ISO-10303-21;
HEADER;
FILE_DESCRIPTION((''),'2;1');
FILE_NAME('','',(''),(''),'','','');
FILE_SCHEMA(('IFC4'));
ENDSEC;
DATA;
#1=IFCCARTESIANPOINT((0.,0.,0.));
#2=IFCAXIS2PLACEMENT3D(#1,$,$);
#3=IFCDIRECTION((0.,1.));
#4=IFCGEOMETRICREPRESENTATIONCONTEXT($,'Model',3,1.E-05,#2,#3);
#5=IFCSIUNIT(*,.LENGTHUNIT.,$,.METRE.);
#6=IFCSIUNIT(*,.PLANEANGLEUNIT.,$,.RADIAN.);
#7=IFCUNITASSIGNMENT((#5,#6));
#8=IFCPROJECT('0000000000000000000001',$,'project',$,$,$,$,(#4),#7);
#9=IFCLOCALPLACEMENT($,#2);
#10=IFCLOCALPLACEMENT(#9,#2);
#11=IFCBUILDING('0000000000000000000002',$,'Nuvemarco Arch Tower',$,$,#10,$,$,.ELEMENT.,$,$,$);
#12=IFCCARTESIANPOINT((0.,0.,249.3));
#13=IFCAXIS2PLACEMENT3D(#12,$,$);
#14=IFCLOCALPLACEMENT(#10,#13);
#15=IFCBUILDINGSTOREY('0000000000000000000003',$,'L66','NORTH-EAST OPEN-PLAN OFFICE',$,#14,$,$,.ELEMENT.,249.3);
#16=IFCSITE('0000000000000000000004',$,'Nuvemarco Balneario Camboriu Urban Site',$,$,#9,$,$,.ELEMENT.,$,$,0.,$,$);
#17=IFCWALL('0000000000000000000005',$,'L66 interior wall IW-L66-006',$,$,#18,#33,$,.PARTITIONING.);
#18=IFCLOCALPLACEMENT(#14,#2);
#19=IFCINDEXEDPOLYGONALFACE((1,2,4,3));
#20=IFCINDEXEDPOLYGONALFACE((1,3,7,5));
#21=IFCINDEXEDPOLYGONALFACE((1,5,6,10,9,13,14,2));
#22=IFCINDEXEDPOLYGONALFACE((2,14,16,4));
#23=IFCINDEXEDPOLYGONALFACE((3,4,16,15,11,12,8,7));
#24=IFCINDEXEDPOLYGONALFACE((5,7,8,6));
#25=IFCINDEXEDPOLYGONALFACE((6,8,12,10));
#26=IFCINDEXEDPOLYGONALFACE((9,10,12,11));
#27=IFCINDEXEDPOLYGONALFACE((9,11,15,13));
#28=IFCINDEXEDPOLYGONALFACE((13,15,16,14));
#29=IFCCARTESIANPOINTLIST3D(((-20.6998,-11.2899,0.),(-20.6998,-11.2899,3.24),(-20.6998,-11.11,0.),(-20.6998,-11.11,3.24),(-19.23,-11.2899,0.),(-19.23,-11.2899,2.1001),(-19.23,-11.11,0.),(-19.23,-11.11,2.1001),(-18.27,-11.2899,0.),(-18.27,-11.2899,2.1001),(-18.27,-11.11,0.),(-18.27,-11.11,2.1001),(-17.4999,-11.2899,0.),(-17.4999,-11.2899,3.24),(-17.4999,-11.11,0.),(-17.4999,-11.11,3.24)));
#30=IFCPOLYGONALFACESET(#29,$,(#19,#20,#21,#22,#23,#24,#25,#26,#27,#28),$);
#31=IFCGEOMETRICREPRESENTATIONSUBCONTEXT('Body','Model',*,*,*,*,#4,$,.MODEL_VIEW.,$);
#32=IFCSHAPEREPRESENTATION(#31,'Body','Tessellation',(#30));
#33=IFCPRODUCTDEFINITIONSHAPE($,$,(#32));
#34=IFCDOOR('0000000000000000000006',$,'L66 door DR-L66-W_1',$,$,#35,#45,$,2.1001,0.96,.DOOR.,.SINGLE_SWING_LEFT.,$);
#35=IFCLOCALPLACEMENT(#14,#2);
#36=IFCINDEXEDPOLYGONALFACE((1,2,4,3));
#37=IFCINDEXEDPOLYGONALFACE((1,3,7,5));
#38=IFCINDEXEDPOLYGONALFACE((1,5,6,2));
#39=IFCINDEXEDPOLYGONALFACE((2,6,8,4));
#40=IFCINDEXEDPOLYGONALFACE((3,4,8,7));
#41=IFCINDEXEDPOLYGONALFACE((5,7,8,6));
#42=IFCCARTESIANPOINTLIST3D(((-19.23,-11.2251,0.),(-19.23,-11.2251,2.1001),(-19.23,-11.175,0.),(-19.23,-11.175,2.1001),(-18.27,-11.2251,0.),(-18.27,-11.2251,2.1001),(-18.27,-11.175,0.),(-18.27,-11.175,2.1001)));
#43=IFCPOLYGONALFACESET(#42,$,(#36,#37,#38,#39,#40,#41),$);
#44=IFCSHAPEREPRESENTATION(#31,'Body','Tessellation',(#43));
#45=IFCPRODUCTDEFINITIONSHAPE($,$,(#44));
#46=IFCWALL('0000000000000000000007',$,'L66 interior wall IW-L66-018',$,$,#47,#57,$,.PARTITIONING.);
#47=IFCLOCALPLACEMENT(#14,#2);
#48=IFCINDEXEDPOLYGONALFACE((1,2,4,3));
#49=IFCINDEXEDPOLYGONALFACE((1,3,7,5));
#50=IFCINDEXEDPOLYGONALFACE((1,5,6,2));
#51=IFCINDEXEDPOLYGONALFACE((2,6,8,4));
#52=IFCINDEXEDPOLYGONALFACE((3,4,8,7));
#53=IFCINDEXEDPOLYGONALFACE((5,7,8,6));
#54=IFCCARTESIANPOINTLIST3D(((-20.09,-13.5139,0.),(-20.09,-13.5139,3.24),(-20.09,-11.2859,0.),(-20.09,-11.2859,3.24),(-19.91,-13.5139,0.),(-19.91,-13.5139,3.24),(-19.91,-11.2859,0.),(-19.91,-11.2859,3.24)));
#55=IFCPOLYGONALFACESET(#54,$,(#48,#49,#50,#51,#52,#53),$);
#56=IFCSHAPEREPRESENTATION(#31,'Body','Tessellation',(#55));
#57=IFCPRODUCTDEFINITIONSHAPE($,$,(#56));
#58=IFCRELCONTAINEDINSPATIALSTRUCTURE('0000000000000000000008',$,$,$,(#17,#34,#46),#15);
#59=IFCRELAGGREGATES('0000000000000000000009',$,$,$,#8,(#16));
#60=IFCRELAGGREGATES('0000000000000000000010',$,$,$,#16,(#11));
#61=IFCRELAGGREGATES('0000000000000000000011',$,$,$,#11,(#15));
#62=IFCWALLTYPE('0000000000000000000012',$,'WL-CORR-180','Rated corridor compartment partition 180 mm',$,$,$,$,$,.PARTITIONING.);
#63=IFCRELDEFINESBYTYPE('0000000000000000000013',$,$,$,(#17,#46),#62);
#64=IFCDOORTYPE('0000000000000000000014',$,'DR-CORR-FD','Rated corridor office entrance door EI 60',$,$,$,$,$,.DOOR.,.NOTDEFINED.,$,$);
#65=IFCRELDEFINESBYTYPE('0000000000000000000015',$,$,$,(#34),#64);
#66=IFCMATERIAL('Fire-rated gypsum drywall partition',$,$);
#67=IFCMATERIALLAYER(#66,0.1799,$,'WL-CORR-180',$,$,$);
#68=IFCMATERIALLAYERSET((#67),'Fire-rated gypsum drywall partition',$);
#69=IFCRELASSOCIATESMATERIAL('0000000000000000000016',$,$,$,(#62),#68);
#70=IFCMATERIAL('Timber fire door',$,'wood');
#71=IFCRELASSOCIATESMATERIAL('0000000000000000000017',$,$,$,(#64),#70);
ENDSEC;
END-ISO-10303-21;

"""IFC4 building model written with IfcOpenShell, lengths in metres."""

from ifc_helpers import new_model, si_unit, direction, frame, frame_2d, origin, place, context, subcontext, project, spatial, rectangle, extrude, source, transform, mapped, material, layer, layer_set, type_object, type_shapes, element, fill, save


model = new_model("IFC4")

# Units and contexts
model_context = context("Model", 3, precision=1e-05, world=origin(), true_north=direction((0.0, 1.0)))
body_context = subcontext(model_context, "Body", "Model", "MODEL_VIEW")
ifc_project = project(units=[si_unit("LENGTHUNIT", "METRE"), si_unit("PLANEANGLEUNIT", "RADIAN")], contexts=[model_context])

# Site, building, storey
site_placement = place(None, origin())
site = spatial("IfcSite", under=ifc_project, at=site_placement, Name="Nuvemarco Balneario Camboriu Urban Site", CompositionType="ELEMENT", RefElevation=0.0)
building_placement = place(site_placement, origin())
building = spatial("IfcBuilding", under=site, at=building_placement, Name="Nuvemarco Arch Tower", CompositionType="ELEMENT")
storey_placement = place(building_placement, frame((0.0, 0.0, 249.3)))
storey = spatial("IfcBuildingStorey", under=building, at=storey_placement, Name="L66", Description="NORTH-EAST OPEN-PLAN OFFICE", CompositionType="ELEMENT", Elevation=249.3)

# Wall, opening, door
ifc_material_1 = material(Name="Fire-rated gypsum drywall partition")
ifc_layer_1 = layer(ifc_material_1, 0.1799, Name="WL-CORR-180")
ifc_layer_set_1 = layer_set([ifc_layer_1], Name="Fire-rated gypsum drywall partition")
wall_type_1 = type_object("IfcWallType", Name="WL-CORR-180", Description="Rated corridor compartment partition 180 mm", PredefinedType="PARTITIONING", material=ifc_layer_set_1)
ifc_material_2 = material(Name="Timber fire door", Category="wood")
door_type = type_object("IfcDoorType", Name="DR-CORR-FD", Description="Rated corridor office entrance door EI 60", OperationType="NOTDEFINED", PredefinedType="DOOR", material=ifc_material_2)
shared_shape_1 = source(origin(), body_context, "Body", "SweptSolid", [
    extrude(rectangle(XDim=0.96, YDim=2.1001, at=frame_2d((0.48, 1.05))), frame((0.0, 0.0249, 0.0), z_axis=(0.0, -1.0, 0.0), x_axis=(1.0, 0.0, 0.0)), (0.0, 0.0, 1.0), 0.05),
])
type_shapes(door_type, [shared_shape_1])
wall_1_placement = place(storey_placement, frame((-20.7, -11.2, 0.0), z_axis=(0.0, 0.0, 1.0), x_axis=(1.0, 0.0, 0.0)))
wall_1 = element("IfcWall", 1, at=wall_1_placement, inside=storey, type_object=wall_type_1, Name="L66 interior wall IW-L66-006", PredefinedType="PARTITIONING", context=body_context, shape_type="SweptSolid", body=[
    extrude(rectangle(XDim=3.2, YDim=0.1799, at=frame_2d((1.6001, 0.0))), origin(), (0.0, 0.0, 1.0), 3.24),
])
opening_1_placement = place(wall_1_placement, frame((1.47, 0.0, 0.0)))
opening_1 = element("IfcOpeningElement", 2, at=opening_1_placement, cuts=wall_1, PredefinedType="OPENING", context=body_context, shape_type="SweptSolid", body=[
    extrude(rectangle(XDim=0.96, YDim=2.1001, at=frame_2d((0.48, 1.05))), frame((0.0, 0.0999, 0.0), z_axis=(0.0, -1.0, 0.0), x_axis=(1.0, 0.0, 0.0)), (0.0, 0.0, 1.0), 0.2),
])
door_1_placement = place(opening_1_placement, origin())
door_1 = element("IfcDoor", 3, at=door_1_placement, inside=storey, type_object=door_type, Name="L66 door DR-L66-W_1", OperationType="SINGLE_SWING_LEFT", OverallHeight=2.1001, OverallWidth=0.96, PredefinedType="DOOR", context=body_context, shape_type="MappedRepresentation", body=[
    mapped(shared_shape_1, transform((0.0, 0.0, 0.0), scale=1.0)),
])
fill(opening_1, door_1)

# Wall
wall_2_placement = place(storey_placement, frame((-20.0, -13.5139, 0.0), z_axis=(0.0, 0.0, 1.0), x_axis=(0.0, 1.0, 0.0)))
element("IfcWall", 4, at=wall_2_placement, inside=storey, type_object=wall_type_1, Name="L66 interior wall IW-L66-018", PredefinedType="PARTITIONING", context=body_context, shape_type="SweptSolid", body=[
    extrude(rectangle(XDim=2.228, YDim=0.1799, at=frame_2d((1.114, 0.0))), origin(), (0.0, 0.0, 1.0), 3.24),
])

save(model, "model.ifc")
